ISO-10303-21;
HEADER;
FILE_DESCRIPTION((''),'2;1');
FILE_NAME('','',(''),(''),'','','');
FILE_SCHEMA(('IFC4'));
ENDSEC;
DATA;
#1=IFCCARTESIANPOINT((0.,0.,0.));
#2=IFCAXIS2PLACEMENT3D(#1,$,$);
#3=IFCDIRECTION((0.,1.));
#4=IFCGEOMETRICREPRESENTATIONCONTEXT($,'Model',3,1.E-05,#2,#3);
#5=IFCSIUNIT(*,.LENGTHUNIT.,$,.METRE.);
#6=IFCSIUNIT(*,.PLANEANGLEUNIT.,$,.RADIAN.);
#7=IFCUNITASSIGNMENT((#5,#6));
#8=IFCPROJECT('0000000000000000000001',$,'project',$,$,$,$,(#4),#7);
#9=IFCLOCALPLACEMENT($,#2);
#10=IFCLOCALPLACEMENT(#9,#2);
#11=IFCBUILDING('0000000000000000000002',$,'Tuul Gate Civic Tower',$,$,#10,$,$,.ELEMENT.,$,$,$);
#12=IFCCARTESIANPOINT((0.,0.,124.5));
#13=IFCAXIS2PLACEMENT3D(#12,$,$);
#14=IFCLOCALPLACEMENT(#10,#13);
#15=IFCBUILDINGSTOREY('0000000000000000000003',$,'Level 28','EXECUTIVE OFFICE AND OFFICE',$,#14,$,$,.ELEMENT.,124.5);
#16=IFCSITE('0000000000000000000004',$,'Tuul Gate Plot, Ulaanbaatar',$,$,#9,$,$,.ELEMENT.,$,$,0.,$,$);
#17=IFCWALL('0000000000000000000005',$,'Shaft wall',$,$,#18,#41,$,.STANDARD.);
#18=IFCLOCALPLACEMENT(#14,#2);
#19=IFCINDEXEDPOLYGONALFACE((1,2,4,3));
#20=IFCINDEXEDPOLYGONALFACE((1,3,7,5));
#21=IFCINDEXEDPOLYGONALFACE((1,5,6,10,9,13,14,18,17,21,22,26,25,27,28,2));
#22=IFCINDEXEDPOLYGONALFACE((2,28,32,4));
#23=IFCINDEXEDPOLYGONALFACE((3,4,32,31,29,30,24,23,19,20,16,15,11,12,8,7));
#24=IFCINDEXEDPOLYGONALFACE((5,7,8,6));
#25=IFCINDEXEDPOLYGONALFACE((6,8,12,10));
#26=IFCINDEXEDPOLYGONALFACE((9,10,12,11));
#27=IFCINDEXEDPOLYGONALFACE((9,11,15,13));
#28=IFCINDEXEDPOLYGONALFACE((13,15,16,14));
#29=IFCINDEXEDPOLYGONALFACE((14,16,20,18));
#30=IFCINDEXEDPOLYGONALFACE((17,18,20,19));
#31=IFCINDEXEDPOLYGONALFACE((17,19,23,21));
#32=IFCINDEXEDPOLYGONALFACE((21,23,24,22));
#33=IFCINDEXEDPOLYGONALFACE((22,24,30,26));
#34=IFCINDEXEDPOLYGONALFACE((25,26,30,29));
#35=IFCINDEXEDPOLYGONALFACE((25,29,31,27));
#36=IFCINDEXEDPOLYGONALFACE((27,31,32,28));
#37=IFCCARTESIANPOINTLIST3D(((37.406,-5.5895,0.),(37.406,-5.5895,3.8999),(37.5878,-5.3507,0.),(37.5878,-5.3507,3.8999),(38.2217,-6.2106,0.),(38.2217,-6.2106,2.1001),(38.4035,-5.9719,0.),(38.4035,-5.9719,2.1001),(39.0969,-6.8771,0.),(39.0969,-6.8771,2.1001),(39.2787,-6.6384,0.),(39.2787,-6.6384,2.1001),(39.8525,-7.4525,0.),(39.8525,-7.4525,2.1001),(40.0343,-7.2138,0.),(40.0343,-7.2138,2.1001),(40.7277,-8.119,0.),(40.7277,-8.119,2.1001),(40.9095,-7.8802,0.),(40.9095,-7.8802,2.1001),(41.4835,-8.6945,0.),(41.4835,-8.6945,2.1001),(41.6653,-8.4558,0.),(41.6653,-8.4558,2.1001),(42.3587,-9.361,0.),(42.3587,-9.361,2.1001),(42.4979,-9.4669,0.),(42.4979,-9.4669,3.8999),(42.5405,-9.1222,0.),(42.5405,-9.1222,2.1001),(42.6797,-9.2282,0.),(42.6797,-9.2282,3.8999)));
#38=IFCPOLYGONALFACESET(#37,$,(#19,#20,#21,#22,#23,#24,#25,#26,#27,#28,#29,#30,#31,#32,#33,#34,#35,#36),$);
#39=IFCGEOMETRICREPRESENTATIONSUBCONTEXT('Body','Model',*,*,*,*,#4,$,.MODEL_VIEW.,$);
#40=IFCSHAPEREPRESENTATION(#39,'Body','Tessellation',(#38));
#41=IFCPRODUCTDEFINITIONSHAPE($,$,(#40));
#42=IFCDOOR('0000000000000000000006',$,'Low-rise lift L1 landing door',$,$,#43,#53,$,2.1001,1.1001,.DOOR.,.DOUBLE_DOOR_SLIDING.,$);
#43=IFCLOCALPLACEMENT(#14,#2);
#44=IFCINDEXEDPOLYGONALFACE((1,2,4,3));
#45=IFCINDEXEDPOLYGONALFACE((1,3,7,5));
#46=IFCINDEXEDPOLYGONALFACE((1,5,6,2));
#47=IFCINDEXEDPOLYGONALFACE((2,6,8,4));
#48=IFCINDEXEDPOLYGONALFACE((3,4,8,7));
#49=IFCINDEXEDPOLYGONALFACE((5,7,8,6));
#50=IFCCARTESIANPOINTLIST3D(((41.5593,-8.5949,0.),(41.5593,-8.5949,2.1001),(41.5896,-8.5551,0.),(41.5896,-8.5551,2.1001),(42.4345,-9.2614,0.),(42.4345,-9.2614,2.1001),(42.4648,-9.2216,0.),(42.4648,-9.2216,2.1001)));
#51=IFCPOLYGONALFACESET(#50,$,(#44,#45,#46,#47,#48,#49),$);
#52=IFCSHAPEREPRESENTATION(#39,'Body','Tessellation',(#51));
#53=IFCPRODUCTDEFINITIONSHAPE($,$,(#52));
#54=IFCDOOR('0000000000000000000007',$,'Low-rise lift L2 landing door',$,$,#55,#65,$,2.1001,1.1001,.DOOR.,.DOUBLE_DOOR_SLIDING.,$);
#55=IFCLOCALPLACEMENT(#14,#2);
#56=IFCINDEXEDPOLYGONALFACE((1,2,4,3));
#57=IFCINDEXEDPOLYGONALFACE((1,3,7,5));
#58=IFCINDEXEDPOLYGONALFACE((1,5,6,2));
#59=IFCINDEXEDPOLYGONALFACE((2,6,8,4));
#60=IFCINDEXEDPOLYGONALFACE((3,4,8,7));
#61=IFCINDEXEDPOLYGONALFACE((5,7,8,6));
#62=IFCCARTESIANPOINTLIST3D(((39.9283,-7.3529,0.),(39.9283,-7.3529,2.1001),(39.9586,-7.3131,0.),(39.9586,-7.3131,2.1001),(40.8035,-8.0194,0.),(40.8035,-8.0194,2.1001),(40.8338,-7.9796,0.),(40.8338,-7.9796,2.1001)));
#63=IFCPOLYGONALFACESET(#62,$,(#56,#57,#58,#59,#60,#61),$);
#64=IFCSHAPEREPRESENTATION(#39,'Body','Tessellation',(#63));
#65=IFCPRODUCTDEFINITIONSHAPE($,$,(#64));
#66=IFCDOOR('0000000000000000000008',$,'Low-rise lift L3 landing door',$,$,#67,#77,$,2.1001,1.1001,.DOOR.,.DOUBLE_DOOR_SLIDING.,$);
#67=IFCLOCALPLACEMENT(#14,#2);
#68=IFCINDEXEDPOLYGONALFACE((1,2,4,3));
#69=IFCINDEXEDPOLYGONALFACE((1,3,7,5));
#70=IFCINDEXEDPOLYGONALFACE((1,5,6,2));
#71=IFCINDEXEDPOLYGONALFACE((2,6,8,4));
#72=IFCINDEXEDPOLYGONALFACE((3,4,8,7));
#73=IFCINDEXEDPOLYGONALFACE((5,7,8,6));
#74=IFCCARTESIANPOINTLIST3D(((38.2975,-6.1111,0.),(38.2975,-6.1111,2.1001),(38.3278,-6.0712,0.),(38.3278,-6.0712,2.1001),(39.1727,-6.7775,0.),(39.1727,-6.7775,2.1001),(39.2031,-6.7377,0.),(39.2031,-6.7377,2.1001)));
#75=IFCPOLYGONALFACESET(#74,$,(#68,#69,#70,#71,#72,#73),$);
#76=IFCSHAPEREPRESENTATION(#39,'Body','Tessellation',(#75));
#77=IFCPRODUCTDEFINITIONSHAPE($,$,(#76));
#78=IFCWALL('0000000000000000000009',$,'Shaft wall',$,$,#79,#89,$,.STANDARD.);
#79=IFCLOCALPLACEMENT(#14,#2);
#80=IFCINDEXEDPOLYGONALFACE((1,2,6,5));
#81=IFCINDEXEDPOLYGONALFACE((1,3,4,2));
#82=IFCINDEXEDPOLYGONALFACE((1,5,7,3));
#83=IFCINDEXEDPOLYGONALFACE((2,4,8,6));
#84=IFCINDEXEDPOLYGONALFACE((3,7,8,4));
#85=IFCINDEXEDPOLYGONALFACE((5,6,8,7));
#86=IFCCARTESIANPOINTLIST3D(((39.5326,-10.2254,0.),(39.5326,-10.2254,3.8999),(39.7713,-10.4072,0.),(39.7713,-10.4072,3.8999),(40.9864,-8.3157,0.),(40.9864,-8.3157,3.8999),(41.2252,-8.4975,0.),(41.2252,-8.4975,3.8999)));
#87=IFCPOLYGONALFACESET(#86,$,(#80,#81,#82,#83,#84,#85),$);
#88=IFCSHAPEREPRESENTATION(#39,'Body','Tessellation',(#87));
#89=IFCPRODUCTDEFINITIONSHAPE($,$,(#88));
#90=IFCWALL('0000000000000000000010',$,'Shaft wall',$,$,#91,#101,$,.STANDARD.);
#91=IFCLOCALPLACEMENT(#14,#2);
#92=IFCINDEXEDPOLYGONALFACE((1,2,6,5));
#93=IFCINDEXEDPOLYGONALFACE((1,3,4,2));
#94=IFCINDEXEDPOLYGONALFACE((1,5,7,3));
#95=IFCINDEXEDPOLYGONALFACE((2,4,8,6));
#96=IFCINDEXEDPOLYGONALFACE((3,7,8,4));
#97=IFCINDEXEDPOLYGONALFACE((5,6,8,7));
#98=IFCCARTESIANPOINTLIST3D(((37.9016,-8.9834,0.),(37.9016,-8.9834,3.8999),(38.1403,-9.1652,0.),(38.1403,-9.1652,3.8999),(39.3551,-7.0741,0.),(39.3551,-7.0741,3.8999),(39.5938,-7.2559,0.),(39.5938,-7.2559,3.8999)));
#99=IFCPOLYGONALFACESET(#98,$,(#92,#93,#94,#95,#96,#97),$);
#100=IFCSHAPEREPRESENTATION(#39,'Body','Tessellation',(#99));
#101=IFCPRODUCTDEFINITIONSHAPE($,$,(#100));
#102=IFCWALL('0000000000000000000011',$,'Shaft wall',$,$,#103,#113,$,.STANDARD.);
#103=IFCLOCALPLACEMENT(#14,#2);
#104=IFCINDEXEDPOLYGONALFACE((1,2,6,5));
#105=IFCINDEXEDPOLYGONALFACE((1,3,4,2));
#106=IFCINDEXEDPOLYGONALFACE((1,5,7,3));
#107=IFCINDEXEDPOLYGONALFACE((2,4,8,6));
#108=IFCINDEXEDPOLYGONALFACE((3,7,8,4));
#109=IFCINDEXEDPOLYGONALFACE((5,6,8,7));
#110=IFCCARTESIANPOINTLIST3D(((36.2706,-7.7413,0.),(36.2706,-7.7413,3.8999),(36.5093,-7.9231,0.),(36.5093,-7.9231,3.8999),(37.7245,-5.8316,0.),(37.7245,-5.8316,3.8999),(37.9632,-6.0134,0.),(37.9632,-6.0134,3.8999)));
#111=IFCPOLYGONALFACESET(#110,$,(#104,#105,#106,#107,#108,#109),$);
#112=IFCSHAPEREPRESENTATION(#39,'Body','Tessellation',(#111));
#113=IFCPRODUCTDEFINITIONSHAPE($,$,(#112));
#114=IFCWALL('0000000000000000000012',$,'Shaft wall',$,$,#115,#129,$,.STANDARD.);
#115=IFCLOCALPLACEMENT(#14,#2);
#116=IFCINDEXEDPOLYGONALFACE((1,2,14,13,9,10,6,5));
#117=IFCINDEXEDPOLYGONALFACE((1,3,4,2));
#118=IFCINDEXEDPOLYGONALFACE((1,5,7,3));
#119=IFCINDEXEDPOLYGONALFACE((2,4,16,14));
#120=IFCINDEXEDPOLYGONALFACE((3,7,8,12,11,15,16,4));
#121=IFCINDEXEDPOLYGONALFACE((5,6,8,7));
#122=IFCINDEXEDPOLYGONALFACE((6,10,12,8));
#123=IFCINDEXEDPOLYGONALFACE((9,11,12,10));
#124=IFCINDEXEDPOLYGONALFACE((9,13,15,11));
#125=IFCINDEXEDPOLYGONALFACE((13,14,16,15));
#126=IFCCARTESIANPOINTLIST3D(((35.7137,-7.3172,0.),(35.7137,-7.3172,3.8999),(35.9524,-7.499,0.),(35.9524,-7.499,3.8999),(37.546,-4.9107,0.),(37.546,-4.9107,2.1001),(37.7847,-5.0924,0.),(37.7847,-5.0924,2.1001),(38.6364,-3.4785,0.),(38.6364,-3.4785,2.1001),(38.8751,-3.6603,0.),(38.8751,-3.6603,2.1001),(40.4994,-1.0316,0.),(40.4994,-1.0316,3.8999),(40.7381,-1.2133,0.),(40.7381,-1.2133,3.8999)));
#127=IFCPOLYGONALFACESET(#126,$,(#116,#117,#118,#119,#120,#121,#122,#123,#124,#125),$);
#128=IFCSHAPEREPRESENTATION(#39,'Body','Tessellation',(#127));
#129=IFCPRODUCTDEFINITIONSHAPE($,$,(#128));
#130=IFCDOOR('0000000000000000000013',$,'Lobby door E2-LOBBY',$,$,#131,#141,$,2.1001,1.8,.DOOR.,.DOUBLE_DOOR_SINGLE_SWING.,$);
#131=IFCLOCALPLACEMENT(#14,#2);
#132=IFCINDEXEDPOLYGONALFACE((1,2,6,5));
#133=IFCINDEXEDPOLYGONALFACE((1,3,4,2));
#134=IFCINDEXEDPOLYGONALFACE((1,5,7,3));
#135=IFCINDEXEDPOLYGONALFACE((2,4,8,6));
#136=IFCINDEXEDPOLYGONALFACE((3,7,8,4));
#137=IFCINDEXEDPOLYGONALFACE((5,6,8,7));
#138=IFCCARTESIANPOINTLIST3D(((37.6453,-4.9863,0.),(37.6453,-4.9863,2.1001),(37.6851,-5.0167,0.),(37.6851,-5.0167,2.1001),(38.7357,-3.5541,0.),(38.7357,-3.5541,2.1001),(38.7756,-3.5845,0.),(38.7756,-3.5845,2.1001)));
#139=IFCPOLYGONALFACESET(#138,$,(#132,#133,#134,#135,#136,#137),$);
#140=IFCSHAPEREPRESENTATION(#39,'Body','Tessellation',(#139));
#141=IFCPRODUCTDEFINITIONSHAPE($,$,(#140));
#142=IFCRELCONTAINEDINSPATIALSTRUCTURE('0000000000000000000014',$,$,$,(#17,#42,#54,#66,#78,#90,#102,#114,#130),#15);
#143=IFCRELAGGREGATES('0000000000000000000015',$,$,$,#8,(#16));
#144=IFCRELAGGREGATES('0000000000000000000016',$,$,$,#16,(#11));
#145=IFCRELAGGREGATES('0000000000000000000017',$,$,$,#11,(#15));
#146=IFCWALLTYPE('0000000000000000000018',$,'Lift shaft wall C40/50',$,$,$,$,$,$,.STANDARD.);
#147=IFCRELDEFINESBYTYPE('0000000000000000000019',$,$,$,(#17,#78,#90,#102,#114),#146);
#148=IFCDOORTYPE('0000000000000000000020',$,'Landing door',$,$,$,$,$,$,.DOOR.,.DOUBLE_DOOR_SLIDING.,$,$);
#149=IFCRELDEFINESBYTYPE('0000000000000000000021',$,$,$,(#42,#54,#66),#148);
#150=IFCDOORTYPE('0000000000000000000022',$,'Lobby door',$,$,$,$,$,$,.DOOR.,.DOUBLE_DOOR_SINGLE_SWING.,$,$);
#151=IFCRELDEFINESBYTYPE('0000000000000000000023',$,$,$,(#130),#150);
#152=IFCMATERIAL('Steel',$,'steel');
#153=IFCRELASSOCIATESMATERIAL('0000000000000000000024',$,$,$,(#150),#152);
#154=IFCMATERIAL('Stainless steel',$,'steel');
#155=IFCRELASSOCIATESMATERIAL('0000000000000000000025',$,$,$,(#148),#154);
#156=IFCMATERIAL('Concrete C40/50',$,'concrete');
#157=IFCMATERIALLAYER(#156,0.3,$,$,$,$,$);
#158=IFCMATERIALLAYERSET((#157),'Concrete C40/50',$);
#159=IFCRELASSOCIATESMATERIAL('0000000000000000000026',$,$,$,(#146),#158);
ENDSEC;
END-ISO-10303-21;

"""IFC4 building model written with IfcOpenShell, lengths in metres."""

from ifc_helpers import new_model, si_unit, direction, frame, frame_2d, origin, place, context, subcontext, project, spatial, rectangle, extrude, material, layer, layer_set, type_object, element, fill, save


model = new_model("IFC4")

# Units and contexts
model_context = context("Model", 3, precision=1e-05, world=origin(), true_north=direction((0.0, 1.0)))
body_context = subcontext(model_context, "Body", "Model", "MODEL_VIEW")
ifc_project = project(units=[si_unit("LENGTHUNIT", "METRE"), si_unit("PLANEANGLEUNIT", "RADIAN")], contexts=[model_context])

# Site, building, storey
site_placement = place(None, origin())
site = spatial("IfcSite", under=ifc_project, at=site_placement, Name="Tuul Gate Plot, Ulaanbaatar", CompositionType="ELEMENT", RefElevation=0.0)
building_placement = place(site_placement, origin())
building = spatial("IfcBuilding", under=site, at=building_placement, Name="Tuul Gate Civic Tower", CompositionType="ELEMENT")
storey_placement = place(building_placement, frame((0.0, 0.0, 124.5)))
storey = spatial("IfcBuildingStorey", under=building, at=storey_placement, Name="Level 28", Description="EXECUTIVE OFFICE AND OFFICE", CompositionType="ELEMENT", Elevation=124.5)

# Shared definitions
ifc_material_1 = material(Name="Steel", Category="steel")
door_type_1 = type_object("IfcDoorType", Name="Lobby door", OperationType="DOUBLE_DOOR_SINGLE_SWING", PredefinedType="DOOR", material=ifc_material_1)
ifc_material_2 = material(Name="Stainless steel", Category="steel")
door_type_2 = type_object("IfcDoorType", Name="Landing door", OperationType="DOUBLE_DOOR_SLIDING", PredefinedType="DOOR", material=ifc_material_2)

# Wall, openings, doors
ifc_material_3 = material(Name="Concrete C40/50", Category="concrete")
ifc_layer_1 = layer(ifc_material_3, 0.3)
ifc_layer_set_1 = layer_set([ifc_layer_1], Name="Concrete C40/50")
wall_type_1 = type_object("IfcWallType", Name="Lift shaft wall C40/50", PredefinedType="STANDARD", material=ifc_layer_set_1)
wall_1_placement = place(storey_placement, frame((42.5889, -9.3477, 0.0), z_axis=(0.0, 0.0, 1.0), x_axis=(-0.795584, 0.605843, 0.0)))
wall_1 = element("IfcWall", 1, at=wall_1_placement, inside=storey, type_object=wall_type_1, Name="Shaft wall", PredefinedType="STANDARD", context=body_context, shape_type="SweptSolid", body=[
    extrude(rectangle(XDim=6.4001, YDim=0.3, at=frame_2d((3.2002, 0.0))), origin(), (0.0, 0.0, 1.0), 3.8999),
])
opening_1_placement = place(wall_1_placement, frame((0.175, 0.0, 0.0)))
opening_1 = element("IfcOpeningElement", 2, at=opening_1_placement, cuts=wall_1, PredefinedType="OPENING", context=body_context, shape_type="SweptSolid", body=[
    extrude(rectangle(XDim=1.1001, YDim=2.1001, at=frame_2d((0.55, 1.05))), frame((0.0, 0.1602, 0.0), z_axis=(0.0, -1.0, 0.0), x_axis=(1.0, 0.0, 0.0)), (0.0, 0.0, 1.0), 0.3201),
])
opening_2_placement = place(wall_1_placement, frame((2.2251, 0.0, 0.0)))
opening_2 = element("IfcOpeningElement", 3, at=opening_2_placement, cuts=wall_1, PredefinedType="OPENING", context=body_context, shape_type="SweptSolid", body=[
    extrude(rectangle(XDim=1.1001, YDim=2.1001, at=frame_2d((0.55, 1.05))), frame((0.0, 0.1602, 0.0), z_axis=(0.0, -1.0, 0.0), x_axis=(1.0, 0.0, 0.0)), (0.0, 0.0, 1.0), 0.3201),
])
opening_3_placement = place(wall_1_placement, frame((4.2749, 0.0, 0.0)))
opening_3 = element("IfcOpeningElement", 4, at=opening_3_placement, cuts=wall_1, PredefinedType="OPENING", context=body_context, shape_type="SweptSolid", body=[
    extrude(rectangle(XDim=1.1001, YDim=2.1001, at=frame_2d((0.55, 1.05))), frame((0.0, 0.1602, 0.0), z_axis=(0.0, -1.0, 0.0), x_axis=(1.0, 0.0, 0.0)), (0.0, 0.0, 1.0), 0.3201),
])
door_1_placement = place(opening_1_placement, origin())
door_1 = element("IfcDoor", 5, at=door_1_placement, inside=storey, type_object=door_type_2, Name="Low-rise lift L1 landing door", OperationType="DOUBLE_DOOR_SLIDING", OverallHeight=2.1001, OverallWidth=1.1001, PredefinedType="DOOR", context=body_context, shape_type="SweptSolid", body=[
    extrude(rectangle(XDim=1.1001, YDim=2.1001, at=frame_2d((0.55, 1.05))), frame((0.0, 0.0249, 0.0), z_axis=(0.0, -1.0, 0.0), x_axis=(1.0, 0.0, 0.0)), (0.0, 0.0, 1.0), 0.05),
])
fill(opening_1, door_1)
door_2_placement = place(opening_2_placement, origin())
door_2 = element("IfcDoor", 6, at=door_2_placement, inside=storey, type_object=door_type_2, Name="Low-rise lift L2 landing door", OperationType="DOUBLE_DOOR_SLIDING", OverallHeight=2.1001, OverallWidth=1.1001, PredefinedType="DOOR", context=body_context, shape_type="SweptSolid", body=[
    extrude(rectangle(XDim=1.1001, YDim=2.1001, at=frame_2d((0.55, 1.05))), frame((0.0, 0.0249, 0.0), z_axis=(0.0, -1.0, 0.0), x_axis=(1.0, 0.0, 0.0)), (0.0, 0.0, 1.0), 0.05),
])
fill(opening_2, door_2)
door_3_placement = place(opening_3_placement, origin())
door_3 = element("IfcDoor", 7, at=door_3_placement, inside=storey, type_object=door_type_2, Name="Low-rise lift L3 landing door", OperationType="DOUBLE_DOOR_SLIDING", OverallHeight=2.1001, OverallWidth=1.1001, PredefinedType="DOOR", context=body_context, shape_type="SweptSolid", body=[
    extrude(rectangle(XDim=1.1001, YDim=2.1001, at=frame_2d((0.55, 1.05))), frame((0.0, 0.0249, 0.0), z_axis=(0.0, -1.0, 0.0), x_axis=(1.0, 0.0, 0.0)), (0.0, 0.0, 1.0), 0.05),
])
fill(opening_3, door_3)

# Walls
wall_2_placement = place(storey_placement, frame((39.6519, -10.3164, 0.0), z_axis=(0.0, 0.0, 1.0), x_axis=(0.605746, 0.795658, 0.0)))
element("IfcWall", 8, at=wall_2_placement, inside=storey, type_object=wall_type_1, Name="Shaft wall", PredefinedType="STANDARD", context=body_context, shape_type="SweptSolid", body=[
    extrude(rectangle(XDim=2.4001, YDim=0.3, at=frame_2d((1.2002, 0.0))), origin(), (0.0, 0.0, 1.0), 3.8999),
])
wall_3_placement = place(storey_placement, frame((38.021, -9.0742, 0.0), z_axis=(0.0, 0.0, 1.0), x_axis=(0.605731, 0.79567, 0.0)))
element("IfcWall", 9, at=wall_3_placement, inside=storey, type_object=wall_type_1, Name="Shaft wall", PredefinedType="STANDARD", context=body_context, shape_type="SweptSolid", body=[
    extrude(rectangle(XDim=2.3997, YDim=0.3, at=frame_2d((1.1997, 0.0))), origin(), (0.0, 0.0, 1.0), 3.8999),
])
wall_4_placement = place(storey_placement, frame((36.3899, -7.8323, 0.0), z_axis=(0.0, 0.0, 1.0), x_axis=(0.605746, 0.795658, 0.0)))
element("IfcWall", 10, at=wall_4_placement, inside=storey, type_object=wall_type_1, Name="Shaft wall", PredefinedType="STANDARD", context=body_context, shape_type="SweptSolid", body=[
    extrude(rectangle(XDim=2.4001, YDim=0.3, at=frame_2d((1.2002, 0.0))), origin(), (0.0, 0.0, 1.0), 3.8999),
])

# Wall, opening, door
wall_5_placement = place(storey_placement, frame((35.833, -7.4082, 0.0), z_axis=(0.0, 0.0, 1.0), x_axis=(0.605769, 0.79564, 0.0)))
wall_5 = element("IfcWall", 11, at=wall_5_placement, inside=storey, type_object=wall_type_1, Name="Shaft wall", PredefinedType="STANDARD", context=body_context, shape_type="SweptSolid", body=[
    extrude(rectangle(XDim=7.9001, YDim=0.3, at=frame_2d((3.9502, 0.0))), origin(), (0.0, 0.0, 1.0), 3.8999),
])
opening_4_placement = place(wall_5_placement, frame((3.0249, 0.0, 0.0)))
opening_4 = element("IfcOpeningElement", 12, at=opening_4_placement, cuts=wall_5, PredefinedType="OPENING", context=body_context, shape_type="SweptSolid", body=[
    extrude(rectangle(XDim=1.8, YDim=2.1001, at=frame_2d((0.8999, 1.05))), frame((0.0, 0.1602, 0.0), z_axis=(0.0, -1.0, 0.0), x_axis=(1.0, 0.0, 0.0)), (0.0, 0.0, 1.0), 0.3201),
])
door_4_placement = place(opening_4_placement, frame((1.8, 0.0, 0.0), z_axis=(0.0, 0.0, 1.0), x_axis=(-1.0, 0.0, 0.0)))
door_4 = element("IfcDoor", 13, at=door_4_placement, inside=storey, type_object=door_type_1, Name="Lobby door E2-LOBBY", OperationType="DOUBLE_DOOR_SINGLE_SWING", OverallHeight=2.1001, OverallWidth=1.8, PredefinedType="DOOR", context=body_context, shape_type="SweptSolid", body=[
    extrude(rectangle(XDim=1.8, YDim=2.1001, at=frame_2d((0.9001, 1.05))), frame((0.0, 0.0249, 0.0), z_axis=(0.0, -1.0, 0.0), x_axis=(1.0, 0.0, 0.0)), (0.0, 0.0, 1.0), 0.05),
])
fill(opening_4, door_4)

save(model, "model.ifc")
